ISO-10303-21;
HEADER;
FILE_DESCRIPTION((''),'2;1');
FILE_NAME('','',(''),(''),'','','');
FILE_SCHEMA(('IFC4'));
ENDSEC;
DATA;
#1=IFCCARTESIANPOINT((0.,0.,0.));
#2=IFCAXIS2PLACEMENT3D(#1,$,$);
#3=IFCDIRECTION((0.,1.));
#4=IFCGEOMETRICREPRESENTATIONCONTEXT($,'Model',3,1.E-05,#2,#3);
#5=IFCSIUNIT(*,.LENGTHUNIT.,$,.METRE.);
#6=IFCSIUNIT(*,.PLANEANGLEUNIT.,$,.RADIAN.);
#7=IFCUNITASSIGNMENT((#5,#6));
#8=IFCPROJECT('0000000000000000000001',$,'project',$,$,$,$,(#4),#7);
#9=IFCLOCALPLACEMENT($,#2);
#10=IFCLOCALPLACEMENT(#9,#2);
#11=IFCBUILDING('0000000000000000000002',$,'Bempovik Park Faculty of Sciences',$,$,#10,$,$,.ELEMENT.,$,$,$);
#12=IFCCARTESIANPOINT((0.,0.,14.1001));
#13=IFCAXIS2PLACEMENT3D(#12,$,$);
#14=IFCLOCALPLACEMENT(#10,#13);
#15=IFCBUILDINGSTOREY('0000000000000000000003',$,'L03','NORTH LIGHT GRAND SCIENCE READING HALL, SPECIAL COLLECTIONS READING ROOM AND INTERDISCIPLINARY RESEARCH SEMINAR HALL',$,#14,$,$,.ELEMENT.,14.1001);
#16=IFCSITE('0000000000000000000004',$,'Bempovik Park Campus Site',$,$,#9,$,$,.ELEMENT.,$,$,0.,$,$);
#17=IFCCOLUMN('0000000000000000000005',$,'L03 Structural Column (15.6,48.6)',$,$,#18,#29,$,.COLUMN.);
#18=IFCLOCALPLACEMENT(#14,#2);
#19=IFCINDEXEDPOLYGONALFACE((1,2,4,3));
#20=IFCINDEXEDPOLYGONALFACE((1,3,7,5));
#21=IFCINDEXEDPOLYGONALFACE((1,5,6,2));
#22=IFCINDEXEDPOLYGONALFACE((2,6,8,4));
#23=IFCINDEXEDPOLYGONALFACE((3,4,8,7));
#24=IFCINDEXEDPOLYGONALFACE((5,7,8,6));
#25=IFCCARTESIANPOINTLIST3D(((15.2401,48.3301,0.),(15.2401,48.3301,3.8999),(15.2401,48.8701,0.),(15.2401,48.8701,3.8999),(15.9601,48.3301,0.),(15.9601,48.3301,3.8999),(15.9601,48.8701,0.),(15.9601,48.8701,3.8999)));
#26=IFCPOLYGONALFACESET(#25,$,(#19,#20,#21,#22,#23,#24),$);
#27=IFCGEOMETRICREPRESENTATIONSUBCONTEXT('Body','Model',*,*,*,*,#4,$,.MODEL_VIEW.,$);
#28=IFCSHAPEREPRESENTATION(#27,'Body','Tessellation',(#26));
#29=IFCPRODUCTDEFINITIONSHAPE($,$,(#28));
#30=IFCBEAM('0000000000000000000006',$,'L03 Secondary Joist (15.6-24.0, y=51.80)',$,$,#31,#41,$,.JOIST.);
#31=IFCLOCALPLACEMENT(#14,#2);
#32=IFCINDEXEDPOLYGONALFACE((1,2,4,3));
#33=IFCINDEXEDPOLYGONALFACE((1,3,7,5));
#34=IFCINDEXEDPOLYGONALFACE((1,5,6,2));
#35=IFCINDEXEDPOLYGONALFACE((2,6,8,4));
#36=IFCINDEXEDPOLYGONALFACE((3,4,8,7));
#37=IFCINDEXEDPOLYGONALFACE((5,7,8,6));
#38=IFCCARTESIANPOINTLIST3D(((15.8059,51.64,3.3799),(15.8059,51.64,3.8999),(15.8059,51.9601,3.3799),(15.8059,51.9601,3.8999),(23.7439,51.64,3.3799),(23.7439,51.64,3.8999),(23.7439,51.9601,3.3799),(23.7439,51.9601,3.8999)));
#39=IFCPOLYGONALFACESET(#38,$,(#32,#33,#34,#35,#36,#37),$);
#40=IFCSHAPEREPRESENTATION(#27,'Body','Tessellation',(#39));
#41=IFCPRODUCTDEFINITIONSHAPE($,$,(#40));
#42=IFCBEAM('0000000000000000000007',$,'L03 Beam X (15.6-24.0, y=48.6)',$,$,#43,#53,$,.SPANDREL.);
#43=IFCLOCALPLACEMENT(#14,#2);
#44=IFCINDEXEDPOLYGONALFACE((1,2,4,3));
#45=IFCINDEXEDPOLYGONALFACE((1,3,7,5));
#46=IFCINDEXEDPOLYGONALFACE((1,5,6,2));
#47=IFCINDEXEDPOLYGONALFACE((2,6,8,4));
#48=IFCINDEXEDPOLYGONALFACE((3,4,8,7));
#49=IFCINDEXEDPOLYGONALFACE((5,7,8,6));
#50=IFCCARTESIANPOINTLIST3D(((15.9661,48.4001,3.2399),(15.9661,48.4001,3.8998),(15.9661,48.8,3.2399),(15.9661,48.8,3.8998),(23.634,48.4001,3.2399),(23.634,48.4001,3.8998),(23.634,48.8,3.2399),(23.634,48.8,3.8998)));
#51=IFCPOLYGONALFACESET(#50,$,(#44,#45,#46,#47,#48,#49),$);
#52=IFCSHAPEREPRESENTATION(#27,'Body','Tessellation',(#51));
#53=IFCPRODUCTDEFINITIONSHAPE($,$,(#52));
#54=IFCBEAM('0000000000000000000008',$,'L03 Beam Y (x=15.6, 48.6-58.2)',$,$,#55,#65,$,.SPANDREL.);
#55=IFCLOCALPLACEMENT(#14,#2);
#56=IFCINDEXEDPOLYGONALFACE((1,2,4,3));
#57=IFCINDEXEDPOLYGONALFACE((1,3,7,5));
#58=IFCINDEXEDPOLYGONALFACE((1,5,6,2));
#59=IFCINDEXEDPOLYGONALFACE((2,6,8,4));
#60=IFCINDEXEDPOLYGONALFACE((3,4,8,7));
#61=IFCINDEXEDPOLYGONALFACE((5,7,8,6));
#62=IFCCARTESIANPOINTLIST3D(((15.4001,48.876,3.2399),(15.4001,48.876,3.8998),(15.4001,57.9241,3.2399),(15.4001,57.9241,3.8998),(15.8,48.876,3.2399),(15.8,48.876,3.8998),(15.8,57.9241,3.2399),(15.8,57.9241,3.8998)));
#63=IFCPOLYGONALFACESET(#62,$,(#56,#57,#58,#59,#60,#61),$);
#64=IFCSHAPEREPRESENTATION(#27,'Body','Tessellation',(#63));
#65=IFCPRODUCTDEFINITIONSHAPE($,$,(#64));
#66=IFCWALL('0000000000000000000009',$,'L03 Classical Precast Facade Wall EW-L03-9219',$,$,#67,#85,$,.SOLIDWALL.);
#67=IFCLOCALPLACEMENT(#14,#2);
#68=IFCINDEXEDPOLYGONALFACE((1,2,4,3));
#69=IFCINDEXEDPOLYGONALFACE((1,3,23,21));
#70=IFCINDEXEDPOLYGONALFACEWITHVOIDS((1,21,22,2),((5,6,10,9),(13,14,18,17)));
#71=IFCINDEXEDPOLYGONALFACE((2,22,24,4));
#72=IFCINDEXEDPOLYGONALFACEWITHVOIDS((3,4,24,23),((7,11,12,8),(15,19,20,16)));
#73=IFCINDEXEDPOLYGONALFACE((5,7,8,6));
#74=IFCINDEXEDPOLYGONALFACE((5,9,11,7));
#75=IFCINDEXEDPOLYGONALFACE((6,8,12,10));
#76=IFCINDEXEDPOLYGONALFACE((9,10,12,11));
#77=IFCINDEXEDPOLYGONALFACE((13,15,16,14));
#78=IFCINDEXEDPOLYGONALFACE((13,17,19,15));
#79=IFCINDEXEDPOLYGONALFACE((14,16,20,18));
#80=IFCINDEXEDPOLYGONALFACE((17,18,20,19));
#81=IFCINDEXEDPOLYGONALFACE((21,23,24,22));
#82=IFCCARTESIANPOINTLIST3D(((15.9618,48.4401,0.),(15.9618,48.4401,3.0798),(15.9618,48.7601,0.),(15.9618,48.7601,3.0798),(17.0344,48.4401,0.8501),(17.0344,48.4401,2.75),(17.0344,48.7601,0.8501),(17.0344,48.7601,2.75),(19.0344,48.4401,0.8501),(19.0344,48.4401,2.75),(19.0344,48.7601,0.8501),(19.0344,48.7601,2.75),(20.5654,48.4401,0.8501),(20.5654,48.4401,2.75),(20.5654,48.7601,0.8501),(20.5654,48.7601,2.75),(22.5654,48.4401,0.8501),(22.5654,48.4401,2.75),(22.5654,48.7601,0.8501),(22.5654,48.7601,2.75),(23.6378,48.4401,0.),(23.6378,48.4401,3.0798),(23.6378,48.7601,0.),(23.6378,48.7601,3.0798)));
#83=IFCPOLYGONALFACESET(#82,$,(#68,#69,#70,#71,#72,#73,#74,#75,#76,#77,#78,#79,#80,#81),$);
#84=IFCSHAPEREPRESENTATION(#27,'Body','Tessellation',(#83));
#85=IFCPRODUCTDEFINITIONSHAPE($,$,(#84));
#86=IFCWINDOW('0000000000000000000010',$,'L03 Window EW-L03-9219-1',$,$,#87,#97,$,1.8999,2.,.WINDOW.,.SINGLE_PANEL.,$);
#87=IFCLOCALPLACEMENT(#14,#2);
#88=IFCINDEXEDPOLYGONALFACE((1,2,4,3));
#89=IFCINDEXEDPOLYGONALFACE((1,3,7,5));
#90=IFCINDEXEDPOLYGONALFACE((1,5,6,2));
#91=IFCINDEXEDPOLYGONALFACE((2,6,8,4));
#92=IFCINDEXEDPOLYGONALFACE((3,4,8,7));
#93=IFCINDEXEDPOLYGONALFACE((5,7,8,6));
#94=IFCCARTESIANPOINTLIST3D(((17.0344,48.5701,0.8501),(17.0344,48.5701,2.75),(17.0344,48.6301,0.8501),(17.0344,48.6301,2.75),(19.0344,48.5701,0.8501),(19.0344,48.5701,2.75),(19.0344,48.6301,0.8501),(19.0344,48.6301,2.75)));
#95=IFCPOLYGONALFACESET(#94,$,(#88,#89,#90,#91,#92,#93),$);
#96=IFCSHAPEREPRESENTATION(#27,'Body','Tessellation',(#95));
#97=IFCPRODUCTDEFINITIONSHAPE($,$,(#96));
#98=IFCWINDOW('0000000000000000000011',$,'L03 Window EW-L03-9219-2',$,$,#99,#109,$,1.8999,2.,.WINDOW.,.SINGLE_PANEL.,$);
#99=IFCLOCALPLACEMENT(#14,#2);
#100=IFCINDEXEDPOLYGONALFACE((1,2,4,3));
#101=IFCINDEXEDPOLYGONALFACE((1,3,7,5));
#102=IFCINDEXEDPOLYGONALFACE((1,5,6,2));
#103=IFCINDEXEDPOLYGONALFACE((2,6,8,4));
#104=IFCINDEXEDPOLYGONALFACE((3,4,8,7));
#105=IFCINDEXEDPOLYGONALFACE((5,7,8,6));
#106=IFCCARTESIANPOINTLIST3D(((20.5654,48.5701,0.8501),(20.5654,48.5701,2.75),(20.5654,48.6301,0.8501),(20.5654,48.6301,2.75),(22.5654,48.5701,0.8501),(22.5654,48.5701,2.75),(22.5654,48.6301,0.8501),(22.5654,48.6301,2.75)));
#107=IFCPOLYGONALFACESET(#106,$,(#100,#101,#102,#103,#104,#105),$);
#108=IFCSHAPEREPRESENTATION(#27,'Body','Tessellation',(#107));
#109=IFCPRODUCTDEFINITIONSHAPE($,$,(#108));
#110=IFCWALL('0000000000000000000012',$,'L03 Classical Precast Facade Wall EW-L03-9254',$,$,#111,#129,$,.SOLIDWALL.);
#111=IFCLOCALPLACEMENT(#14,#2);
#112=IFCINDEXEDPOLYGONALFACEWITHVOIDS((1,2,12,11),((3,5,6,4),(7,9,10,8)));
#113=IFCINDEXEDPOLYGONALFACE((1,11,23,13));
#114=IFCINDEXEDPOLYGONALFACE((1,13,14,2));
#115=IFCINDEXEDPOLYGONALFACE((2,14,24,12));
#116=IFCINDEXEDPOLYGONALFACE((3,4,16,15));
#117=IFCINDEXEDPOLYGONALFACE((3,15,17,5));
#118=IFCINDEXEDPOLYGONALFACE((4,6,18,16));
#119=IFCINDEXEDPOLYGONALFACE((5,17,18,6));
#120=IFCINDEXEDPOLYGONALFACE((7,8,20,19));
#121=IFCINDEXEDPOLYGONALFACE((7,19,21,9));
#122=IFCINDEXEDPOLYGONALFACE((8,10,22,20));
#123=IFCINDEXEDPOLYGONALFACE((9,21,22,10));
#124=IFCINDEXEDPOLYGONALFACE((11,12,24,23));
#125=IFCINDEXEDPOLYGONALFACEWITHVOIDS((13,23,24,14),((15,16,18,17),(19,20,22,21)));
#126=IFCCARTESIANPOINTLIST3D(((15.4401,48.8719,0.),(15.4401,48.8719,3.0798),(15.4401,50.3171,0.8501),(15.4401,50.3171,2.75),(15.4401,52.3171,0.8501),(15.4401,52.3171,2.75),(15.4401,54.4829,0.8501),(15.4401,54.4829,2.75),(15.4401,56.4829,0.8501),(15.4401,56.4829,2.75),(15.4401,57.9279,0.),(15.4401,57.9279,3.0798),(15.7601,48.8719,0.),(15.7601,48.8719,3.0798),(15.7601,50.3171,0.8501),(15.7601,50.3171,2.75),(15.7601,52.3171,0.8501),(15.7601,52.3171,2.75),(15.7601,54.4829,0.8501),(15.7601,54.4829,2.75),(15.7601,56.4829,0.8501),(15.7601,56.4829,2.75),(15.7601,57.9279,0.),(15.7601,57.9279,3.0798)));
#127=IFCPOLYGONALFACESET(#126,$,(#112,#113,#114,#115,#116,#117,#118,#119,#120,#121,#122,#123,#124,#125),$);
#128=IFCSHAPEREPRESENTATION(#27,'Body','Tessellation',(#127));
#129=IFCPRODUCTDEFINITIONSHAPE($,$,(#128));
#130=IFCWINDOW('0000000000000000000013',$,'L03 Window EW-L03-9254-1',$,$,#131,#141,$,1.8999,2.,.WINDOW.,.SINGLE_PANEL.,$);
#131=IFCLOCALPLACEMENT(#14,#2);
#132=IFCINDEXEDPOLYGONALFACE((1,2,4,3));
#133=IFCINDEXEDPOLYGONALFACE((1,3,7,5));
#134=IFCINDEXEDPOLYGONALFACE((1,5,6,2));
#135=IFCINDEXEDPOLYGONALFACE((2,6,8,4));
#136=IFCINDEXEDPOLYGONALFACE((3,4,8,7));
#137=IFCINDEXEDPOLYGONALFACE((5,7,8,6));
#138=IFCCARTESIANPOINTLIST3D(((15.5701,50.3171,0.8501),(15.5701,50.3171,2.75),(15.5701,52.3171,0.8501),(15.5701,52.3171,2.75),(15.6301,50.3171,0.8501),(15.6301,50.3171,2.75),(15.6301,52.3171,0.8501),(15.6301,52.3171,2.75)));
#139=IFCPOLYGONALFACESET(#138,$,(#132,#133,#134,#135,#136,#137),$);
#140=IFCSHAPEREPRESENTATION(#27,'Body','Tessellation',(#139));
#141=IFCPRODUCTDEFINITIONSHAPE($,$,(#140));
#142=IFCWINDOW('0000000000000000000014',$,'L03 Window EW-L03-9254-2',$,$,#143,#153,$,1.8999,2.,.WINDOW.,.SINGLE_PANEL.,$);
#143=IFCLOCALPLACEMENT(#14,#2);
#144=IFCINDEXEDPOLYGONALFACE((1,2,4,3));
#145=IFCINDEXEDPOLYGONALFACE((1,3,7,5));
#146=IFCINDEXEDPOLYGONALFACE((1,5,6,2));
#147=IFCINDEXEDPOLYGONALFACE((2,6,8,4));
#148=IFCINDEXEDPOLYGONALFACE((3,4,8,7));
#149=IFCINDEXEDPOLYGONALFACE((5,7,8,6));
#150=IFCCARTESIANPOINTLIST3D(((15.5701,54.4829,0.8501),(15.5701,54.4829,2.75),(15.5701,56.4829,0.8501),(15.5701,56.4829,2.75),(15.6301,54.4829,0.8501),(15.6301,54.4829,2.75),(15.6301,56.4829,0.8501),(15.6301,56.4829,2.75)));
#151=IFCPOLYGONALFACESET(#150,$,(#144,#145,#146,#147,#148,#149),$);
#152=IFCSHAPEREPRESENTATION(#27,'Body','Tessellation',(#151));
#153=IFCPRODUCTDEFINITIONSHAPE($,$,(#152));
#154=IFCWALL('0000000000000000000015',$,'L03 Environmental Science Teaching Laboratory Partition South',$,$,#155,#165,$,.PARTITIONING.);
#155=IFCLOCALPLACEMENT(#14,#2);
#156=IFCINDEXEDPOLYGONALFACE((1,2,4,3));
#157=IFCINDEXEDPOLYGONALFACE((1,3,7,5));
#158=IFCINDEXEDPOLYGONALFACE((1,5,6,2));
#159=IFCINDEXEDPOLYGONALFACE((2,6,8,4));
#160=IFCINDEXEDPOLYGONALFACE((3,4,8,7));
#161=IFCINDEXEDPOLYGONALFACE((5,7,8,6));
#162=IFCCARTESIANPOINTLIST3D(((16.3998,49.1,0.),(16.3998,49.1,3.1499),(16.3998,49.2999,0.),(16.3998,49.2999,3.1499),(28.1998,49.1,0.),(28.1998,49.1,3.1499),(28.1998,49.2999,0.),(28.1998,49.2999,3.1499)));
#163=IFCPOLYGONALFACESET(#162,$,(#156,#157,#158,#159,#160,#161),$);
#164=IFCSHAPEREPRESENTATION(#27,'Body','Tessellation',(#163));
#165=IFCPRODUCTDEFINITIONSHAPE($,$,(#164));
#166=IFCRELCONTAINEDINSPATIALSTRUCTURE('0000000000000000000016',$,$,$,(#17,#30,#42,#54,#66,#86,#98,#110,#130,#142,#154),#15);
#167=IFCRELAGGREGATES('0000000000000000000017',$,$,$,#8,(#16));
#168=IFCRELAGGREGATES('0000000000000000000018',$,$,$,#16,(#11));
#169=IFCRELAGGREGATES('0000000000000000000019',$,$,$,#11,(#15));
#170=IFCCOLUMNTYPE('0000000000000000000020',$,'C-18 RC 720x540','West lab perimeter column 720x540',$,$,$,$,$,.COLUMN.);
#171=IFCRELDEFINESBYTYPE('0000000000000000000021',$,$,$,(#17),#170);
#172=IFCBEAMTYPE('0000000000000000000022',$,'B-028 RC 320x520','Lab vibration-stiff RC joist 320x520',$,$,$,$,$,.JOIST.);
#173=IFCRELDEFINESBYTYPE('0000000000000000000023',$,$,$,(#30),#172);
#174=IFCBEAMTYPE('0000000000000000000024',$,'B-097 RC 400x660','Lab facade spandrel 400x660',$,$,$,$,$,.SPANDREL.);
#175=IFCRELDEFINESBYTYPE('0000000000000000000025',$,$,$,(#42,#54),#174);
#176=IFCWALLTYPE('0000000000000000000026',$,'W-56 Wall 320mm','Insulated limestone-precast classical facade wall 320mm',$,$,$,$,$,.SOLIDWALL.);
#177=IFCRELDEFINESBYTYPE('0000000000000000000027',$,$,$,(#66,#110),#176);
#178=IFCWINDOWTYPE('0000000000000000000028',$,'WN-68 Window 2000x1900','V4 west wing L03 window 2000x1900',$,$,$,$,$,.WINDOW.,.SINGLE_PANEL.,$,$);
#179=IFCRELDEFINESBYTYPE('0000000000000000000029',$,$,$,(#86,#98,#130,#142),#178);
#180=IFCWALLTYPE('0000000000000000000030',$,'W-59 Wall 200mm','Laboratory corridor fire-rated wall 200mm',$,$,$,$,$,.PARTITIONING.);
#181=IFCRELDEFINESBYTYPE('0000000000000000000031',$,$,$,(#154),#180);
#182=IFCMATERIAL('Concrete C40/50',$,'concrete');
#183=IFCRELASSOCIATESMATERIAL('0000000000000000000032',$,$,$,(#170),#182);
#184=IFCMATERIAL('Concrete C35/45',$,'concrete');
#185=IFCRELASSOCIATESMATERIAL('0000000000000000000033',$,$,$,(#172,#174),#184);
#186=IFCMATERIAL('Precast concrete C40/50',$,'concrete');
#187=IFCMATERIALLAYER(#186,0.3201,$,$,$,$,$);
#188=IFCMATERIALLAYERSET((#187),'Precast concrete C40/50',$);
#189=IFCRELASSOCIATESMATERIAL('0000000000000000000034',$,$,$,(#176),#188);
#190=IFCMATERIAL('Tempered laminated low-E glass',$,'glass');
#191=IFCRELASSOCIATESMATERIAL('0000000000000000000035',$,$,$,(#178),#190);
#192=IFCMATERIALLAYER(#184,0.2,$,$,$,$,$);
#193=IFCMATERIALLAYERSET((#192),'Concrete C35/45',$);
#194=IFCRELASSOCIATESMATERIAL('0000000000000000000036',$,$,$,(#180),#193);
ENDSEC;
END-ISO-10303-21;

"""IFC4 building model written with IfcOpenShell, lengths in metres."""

from ifc_helpers import new_model, si_unit, direction, frame, frame_2d, origin, origin_2d, place, context, subcontext, project, spatial, rectangle, extrude, material, layer, layer_set, material_profile, profile_set, type_object, element, fill, save


model = new_model("IFC4")

# Units and contexts
model_context = context("Model", 3, precision=1e-05, world=origin(), true_north=direction((0.0, 1.0)))
body_context = subcontext(model_context, "Body", "Model", "MODEL_VIEW")
ifc_project = project(units=[si_unit("LENGTHUNIT", "METRE"), si_unit("PLANEANGLEUNIT", "RADIAN")], contexts=[model_context])

# Site, building, storey
site_placement = place(None, origin())
site = spatial("IfcSite", under=ifc_project, at=site_placement, Name="Bempovik Park Campus Site", CompositionType="ELEMENT", RefElevation=0.0)
building_placement = place(site_placement, origin())
building = spatial("IfcBuilding", under=site, at=building_placement, Name="Bempovik Park Faculty of Sciences", CompositionType="ELEMENT")
storey_placement = place(building_placement, frame((0.0, 0.0, 14.1001)))
storey = spatial("IfcBuildingStorey", under=building, at=storey_placement, Name="L03", Description="NORTH LIGHT GRAND SCIENCE READING HALL, SPECIAL COLLECTIONS READING ROOM AND INTERDISCIPLINARY RESEARCH SEMINAR HALL", CompositionType="ELEMENT", Elevation=14.1001)

# Column
ifc_material_1 = material(Name="Concrete C40/50", Category="concrete")
ifc_material_profile_1 = material_profile(ifc_material_1, rectangle(XDim=0.72, YDim=0.54, at=origin_2d()), Name="RC 720x540")
ifc_profile_set_1 = profile_set([ifc_material_profile_1], Name="Concrete C40/50")
column_type = type_object("IfcColumnType", Name="C-18 RC 720x540", Description="West lab perimeter column 720x540", PredefinedType="COLUMN", material=ifc_profile_set_1)
column_placement = place(storey_placement, frame((15.6001, 48.6001, 0.0), z_axis=(0.0, 0.0, 1.0), x_axis=(1.0, 0.0, 0.0)))
element("IfcColumn", 1, at=column_placement, inside=storey, type_object=column_type, Name="L03 Structural Column (15.6,48.6)", PredefinedType="COLUMN", context=body_context, shape_type="SweptSolid", body=[
    extrude(rectangle(XDim=0.72, YDim=0.54, at=origin_2d()), origin(), (0.0, 0.0, 1.0), 3.8999),
])

# Beams
ifc_material_2 = material(Name="Concrete C35/45", Category="concrete")
ifc_material_profile_2 = material_profile(ifc_material_2, rectangle(XDim=0.3201, YDim=0.52, at=origin_2d()), Name="RC 320x520")
ifc_profile_set_2 = profile_set([ifc_material_profile_2], Name="Concrete C35/45")
beam_type_1 = type_object("IfcBeamType", Name="B-028 RC 320x520", Description="Lab vibration-stiff RC joist 320x520", PredefinedType="JOIST", material=ifc_profile_set_2)
beam_1_placement = place(storey_placement, frame((15.8059, 51.8, 3.6399), z_axis=(1.0, 0.0, 0.0), x_axis=(0.0, 1.0, 0.0)))
element("IfcBeam", 2, at=beam_1_placement, inside=storey, type_object=beam_type_1, Name="L03 Secondary Joist (15.6-24.0, y=51.80)", PredefinedType="JOIST", context=body_context, shape_type="SweptSolid", body=[
    extrude(rectangle(XDim=0.3201, YDim=0.52, at=origin_2d()), origin(), (0.0, 0.0, 1.0), 7.938),
])
ifc_material_profile_3 = material_profile(ifc_material_2, rectangle(XDim=0.3999, YDim=0.6599, at=origin_2d()), Name="RC 400x660")
ifc_profile_set_3 = profile_set([ifc_material_profile_3], Name="Concrete C35/45")
beam_type_2 = type_object("IfcBeamType", Name="B-097 RC 400x660", Description="Lab facade spandrel 400x660", PredefinedType="SPANDREL", material=ifc_profile_set_3)
beam_2_placement = place(storey_placement, frame((15.9661, 48.6001, 3.5698), z_axis=(1.0, 0.0, 0.0), x_axis=(0.0, 1.0, 0.0)))
element("IfcBeam", 3, at=beam_2_placement, inside=storey, type_object=beam_type_2, Name="L03 Beam X (15.6-24.0, y=48.6)", PredefinedType="SPANDREL", context=body_context, shape_type="SweptSolid", body=[
    extrude(rectangle(XDim=0.3999, YDim=0.6599, at=origin_2d()), origin(), (0.0, 0.0, 1.0), 7.668),
])
beam_3_placement = place(storey_placement, frame((15.6001, 48.876, 3.5698), z_axis=(0.0, 1.0, 0.0), x_axis=(-1.0, 0.0, 0.0)))
element("IfcBeam", 4, at=beam_3_placement, inside=storey, type_object=beam_type_2, Name="L03 Beam Y (x=15.6, 48.6-58.2)", PredefinedType="SPANDREL", context=body_context, shape_type="SweptSolid", body=[
    extrude(rectangle(XDim=0.3999, YDim=0.6599, at=origin_2d()), origin(), (0.0, 0.0, 1.0), 9.0481),
])

# Walls, openings, windows
ifc_material_3 = material(Name="Precast concrete C40/50", Category="concrete")
ifc_layer_1 = layer(ifc_material_3, 0.3201)
ifc_layer_set_1 = layer_set([ifc_layer_1], Name="Precast concrete C40/50")
wall_type_1 = type_object("IfcWallType", Name="W-56 Wall 320mm", Description="Insulated limestone-precast classical facade wall 320mm", PredefinedType="SOLIDWALL", material=ifc_layer_set_1)
wall_1_placement = place(storey_placement, frame((15.9619, 48.6001, 0.0), z_axis=(0.0, 0.0, 1.0), x_axis=(1.0, 0.0, 0.0)))
wall_1 = element("IfcWall", 5, at=wall_1_placement, inside=storey, type_object=wall_type_1, Name="L03 Classical Precast Facade Wall EW-L03-9219", PredefinedType="SOLIDWALL", context=body_context, shape_type="SweptSolid", body=[
    extrude(rectangle(XDim=7.676, YDim=0.3201, at=frame_2d((3.8379, 0.0))), origin(), (0.0, 0.0, 1.0), 3.0798),
])
opening_1_placement = place(wall_1_placement, frame((1.0725, 0.0, 0.8501)))
opening_1 = element("IfcOpeningElement", 6, at=opening_1_placement, cuts=wall_1, PredefinedType="OPENING", context=body_context, shape_type="SweptSolid", body=[
    extrude(rectangle(XDim=2.0, YDim=1.8999, at=frame_2d((1.0, 0.95))), frame((0.0, 0.1699, 0.0), z_axis=(0.0, -1.0, 0.0), x_axis=(1.0, 0.0, 0.0)), (0.0, 0.0, 1.0), 0.3401),
])
opening_2_placement = place(wall_1_placement, frame((4.6035, 0.0, 0.8501)))
opening_2 = element("IfcOpeningElement", 7, at=opening_2_placement, cuts=wall_1, PredefinedType="OPENING", context=body_context, shape_type="SweptSolid", body=[
    extrude(rectangle(XDim=2.0, YDim=1.8999, at=frame_2d((1.0, 0.95))), frame((0.0, 0.1699, 0.0), z_axis=(0.0, -1.0, 0.0), x_axis=(1.0, 0.0, 0.0)), (0.0, 0.0, 1.0), 0.3401),
])
ifc_material_4 = material(Name="Tempered laminated low-E glass", Category="glass")
window_type = type_object("IfcWindowType", Name="WN-68 Window 2000x1900", Description="V4 west wing L03 window 2000x1900", PartitioningType="SINGLE_PANEL", PredefinedType="WINDOW", material=ifc_material_4)
window_1_placement = place(opening_1_placement, origin())
window_1 = element("IfcWindow", 8, at=window_1_placement, inside=storey, type_object=window_type, Name="L03 Window EW-L03-9219-1", OverallHeight=1.8999, OverallWidth=2.0, PartitioningType="SINGLE_PANEL", PredefinedType="WINDOW", context=body_context, shape_type="SweptSolid", body=[
    extrude(rectangle(XDim=2.0, YDim=1.8999, at=frame_2d((1.0, 0.95))), frame((0.0, 0.03, 0.0), z_axis=(0.0, -1.0, 0.0), x_axis=(1.0, 0.0, 0.0)), (0.0, 0.0, 1.0), 0.0601),
])
fill(opening_1, window_1)
window_2_placement = place(opening_2_placement, origin())
window_2 = element("IfcWindow", 9, at=window_2_placement, inside=storey, type_object=window_type, Name="L03 Window EW-L03-9219-2", OverallHeight=1.8999, OverallWidth=2.0, PartitioningType="SINGLE_PANEL", PredefinedType="WINDOW", context=body_context, shape_type="SweptSolid", body=[
    extrude(rectangle(XDim=2.0, YDim=1.8999, at=frame_2d((1.0, 0.95))), frame((0.0, 0.03, 0.0), z_axis=(0.0, -1.0, 0.0), x_axis=(1.0, 0.0, 0.0)), (0.0, 0.0, 1.0), 0.0601),
])
fill(opening_2, window_2)
wall_2_placement = place(storey_placement, frame((15.6001, 48.8721, 0.0), z_axis=(0.0, 0.0, 1.0), x_axis=(0.0, 1.0, 0.0)))
wall_2 = element("IfcWall", 10, at=wall_2_placement, inside=storey, type_object=wall_type_1, Name="L03 Classical Precast Facade Wall EW-L03-9254", PredefinedType="SOLIDWALL", context=body_context, shape_type="SweptSolid", body=[
    extrude(rectangle(XDim=9.0559, YDim=0.3201, at=frame_2d((4.5278, 0.0))), origin(), (0.0, 0.0, 1.0), 3.0798),
])
opening_3_placement = place(wall_2_placement, frame((1.4451, 0.0, 0.8501)))
opening_3 = element("IfcOpeningElement", 11, at=opening_3_placement, cuts=wall_2, PredefinedType="OPENING", context=body_context, shape_type="SweptSolid", body=[
    extrude(rectangle(XDim=2.0, YDim=1.8999, at=frame_2d((1.0, 0.95))), frame((0.0, 0.1699, 0.0), z_axis=(0.0, -1.0, 0.0), x_axis=(1.0, 0.0, 0.0)), (0.0, 0.0, 1.0), 0.3401),
])
opening_4_placement = place(wall_2_placement, frame((5.6108, 0.0, 0.8501)))
opening_4 = element("IfcOpeningElement", 12, at=opening_4_placement, cuts=wall_2, PredefinedType="OPENING", context=body_context, shape_type="SweptSolid", body=[
    extrude(rectangle(XDim=2.0, YDim=1.8999, at=frame_2d((1.0, 0.95))), frame((0.0, 0.1699, 0.0), z_axis=(0.0, -1.0, 0.0), x_axis=(1.0, 0.0, 0.0)), (0.0, 0.0, 1.0), 0.3401),
])
window_3_placement = place(opening_3_placement, origin())
window_3 = element("IfcWindow", 13, at=window_3_placement, inside=storey, type_object=window_type, Name="L03 Window EW-L03-9254-1", OverallHeight=1.8999, OverallWidth=2.0, PartitioningType="SINGLE_PANEL", PredefinedType="WINDOW", context=body_context, shape_type="SweptSolid", body=[
    extrude(rectangle(XDim=2.0, YDim=1.8999, at=frame_2d((1.0, 0.95))), frame((0.0, 0.03, 0.0), z_axis=(0.0, -1.0, 0.0), x_axis=(1.0, 0.0, 0.0)), (0.0, 0.0, 1.0), 0.0601),
])
fill(opening_3, window_3)
window_4_placement = place(opening_4_placement, origin())
window_4 = element("IfcWindow", 14, at=window_4_placement, inside=storey, type_object=window_type, Name="L03 Window EW-L03-9254-2", OverallHeight=1.8999, OverallWidth=2.0, PartitioningType="SINGLE_PANEL", PredefinedType="WINDOW", context=body_context, shape_type="SweptSolid", body=[
    extrude(rectangle(XDim=2.0, YDim=1.8999, at=frame_2d((1.0, 0.95))), frame((0.0, 0.03, 0.0), z_axis=(0.0, -1.0, 0.0), x_axis=(1.0, 0.0, 0.0)), (0.0, 0.0, 1.0), 0.0601),
])
fill(opening_4, window_4)

# Wall
ifc_layer_2 = layer(ifc_material_2, 0.2)
ifc_layer_set_2 = layer_set([ifc_layer_2], Name="Concrete C35/45")
wall_type_2 = type_object("IfcWallType", Name="W-59 Wall 200mm", Description="Laboratory corridor fire-rated wall 200mm", PredefinedType="PARTITIONING", material=ifc_layer_set_2)
wall_3_placement = place(storey_placement, frame((16.3999, 49.2, 0.0), z_axis=(0.0, 0.0, 1.0), x_axis=(1.0, 0.0, 0.0)))
element("IfcWall", 15, at=wall_3_placement, inside=storey, type_object=wall_type_2, Name="L03 Environmental Science Teaching Laboratory Partition South", PredefinedType="PARTITIONING", context=body_context, shape_type="SweptSolid", body=[
    extrude(rectangle(XDim=11.8, YDim=0.2, at=frame_2d((5.8999, 0.0))), origin(), (0.0, 0.0, 1.0), 3.1499),
])

save(model, "model.ifc")
